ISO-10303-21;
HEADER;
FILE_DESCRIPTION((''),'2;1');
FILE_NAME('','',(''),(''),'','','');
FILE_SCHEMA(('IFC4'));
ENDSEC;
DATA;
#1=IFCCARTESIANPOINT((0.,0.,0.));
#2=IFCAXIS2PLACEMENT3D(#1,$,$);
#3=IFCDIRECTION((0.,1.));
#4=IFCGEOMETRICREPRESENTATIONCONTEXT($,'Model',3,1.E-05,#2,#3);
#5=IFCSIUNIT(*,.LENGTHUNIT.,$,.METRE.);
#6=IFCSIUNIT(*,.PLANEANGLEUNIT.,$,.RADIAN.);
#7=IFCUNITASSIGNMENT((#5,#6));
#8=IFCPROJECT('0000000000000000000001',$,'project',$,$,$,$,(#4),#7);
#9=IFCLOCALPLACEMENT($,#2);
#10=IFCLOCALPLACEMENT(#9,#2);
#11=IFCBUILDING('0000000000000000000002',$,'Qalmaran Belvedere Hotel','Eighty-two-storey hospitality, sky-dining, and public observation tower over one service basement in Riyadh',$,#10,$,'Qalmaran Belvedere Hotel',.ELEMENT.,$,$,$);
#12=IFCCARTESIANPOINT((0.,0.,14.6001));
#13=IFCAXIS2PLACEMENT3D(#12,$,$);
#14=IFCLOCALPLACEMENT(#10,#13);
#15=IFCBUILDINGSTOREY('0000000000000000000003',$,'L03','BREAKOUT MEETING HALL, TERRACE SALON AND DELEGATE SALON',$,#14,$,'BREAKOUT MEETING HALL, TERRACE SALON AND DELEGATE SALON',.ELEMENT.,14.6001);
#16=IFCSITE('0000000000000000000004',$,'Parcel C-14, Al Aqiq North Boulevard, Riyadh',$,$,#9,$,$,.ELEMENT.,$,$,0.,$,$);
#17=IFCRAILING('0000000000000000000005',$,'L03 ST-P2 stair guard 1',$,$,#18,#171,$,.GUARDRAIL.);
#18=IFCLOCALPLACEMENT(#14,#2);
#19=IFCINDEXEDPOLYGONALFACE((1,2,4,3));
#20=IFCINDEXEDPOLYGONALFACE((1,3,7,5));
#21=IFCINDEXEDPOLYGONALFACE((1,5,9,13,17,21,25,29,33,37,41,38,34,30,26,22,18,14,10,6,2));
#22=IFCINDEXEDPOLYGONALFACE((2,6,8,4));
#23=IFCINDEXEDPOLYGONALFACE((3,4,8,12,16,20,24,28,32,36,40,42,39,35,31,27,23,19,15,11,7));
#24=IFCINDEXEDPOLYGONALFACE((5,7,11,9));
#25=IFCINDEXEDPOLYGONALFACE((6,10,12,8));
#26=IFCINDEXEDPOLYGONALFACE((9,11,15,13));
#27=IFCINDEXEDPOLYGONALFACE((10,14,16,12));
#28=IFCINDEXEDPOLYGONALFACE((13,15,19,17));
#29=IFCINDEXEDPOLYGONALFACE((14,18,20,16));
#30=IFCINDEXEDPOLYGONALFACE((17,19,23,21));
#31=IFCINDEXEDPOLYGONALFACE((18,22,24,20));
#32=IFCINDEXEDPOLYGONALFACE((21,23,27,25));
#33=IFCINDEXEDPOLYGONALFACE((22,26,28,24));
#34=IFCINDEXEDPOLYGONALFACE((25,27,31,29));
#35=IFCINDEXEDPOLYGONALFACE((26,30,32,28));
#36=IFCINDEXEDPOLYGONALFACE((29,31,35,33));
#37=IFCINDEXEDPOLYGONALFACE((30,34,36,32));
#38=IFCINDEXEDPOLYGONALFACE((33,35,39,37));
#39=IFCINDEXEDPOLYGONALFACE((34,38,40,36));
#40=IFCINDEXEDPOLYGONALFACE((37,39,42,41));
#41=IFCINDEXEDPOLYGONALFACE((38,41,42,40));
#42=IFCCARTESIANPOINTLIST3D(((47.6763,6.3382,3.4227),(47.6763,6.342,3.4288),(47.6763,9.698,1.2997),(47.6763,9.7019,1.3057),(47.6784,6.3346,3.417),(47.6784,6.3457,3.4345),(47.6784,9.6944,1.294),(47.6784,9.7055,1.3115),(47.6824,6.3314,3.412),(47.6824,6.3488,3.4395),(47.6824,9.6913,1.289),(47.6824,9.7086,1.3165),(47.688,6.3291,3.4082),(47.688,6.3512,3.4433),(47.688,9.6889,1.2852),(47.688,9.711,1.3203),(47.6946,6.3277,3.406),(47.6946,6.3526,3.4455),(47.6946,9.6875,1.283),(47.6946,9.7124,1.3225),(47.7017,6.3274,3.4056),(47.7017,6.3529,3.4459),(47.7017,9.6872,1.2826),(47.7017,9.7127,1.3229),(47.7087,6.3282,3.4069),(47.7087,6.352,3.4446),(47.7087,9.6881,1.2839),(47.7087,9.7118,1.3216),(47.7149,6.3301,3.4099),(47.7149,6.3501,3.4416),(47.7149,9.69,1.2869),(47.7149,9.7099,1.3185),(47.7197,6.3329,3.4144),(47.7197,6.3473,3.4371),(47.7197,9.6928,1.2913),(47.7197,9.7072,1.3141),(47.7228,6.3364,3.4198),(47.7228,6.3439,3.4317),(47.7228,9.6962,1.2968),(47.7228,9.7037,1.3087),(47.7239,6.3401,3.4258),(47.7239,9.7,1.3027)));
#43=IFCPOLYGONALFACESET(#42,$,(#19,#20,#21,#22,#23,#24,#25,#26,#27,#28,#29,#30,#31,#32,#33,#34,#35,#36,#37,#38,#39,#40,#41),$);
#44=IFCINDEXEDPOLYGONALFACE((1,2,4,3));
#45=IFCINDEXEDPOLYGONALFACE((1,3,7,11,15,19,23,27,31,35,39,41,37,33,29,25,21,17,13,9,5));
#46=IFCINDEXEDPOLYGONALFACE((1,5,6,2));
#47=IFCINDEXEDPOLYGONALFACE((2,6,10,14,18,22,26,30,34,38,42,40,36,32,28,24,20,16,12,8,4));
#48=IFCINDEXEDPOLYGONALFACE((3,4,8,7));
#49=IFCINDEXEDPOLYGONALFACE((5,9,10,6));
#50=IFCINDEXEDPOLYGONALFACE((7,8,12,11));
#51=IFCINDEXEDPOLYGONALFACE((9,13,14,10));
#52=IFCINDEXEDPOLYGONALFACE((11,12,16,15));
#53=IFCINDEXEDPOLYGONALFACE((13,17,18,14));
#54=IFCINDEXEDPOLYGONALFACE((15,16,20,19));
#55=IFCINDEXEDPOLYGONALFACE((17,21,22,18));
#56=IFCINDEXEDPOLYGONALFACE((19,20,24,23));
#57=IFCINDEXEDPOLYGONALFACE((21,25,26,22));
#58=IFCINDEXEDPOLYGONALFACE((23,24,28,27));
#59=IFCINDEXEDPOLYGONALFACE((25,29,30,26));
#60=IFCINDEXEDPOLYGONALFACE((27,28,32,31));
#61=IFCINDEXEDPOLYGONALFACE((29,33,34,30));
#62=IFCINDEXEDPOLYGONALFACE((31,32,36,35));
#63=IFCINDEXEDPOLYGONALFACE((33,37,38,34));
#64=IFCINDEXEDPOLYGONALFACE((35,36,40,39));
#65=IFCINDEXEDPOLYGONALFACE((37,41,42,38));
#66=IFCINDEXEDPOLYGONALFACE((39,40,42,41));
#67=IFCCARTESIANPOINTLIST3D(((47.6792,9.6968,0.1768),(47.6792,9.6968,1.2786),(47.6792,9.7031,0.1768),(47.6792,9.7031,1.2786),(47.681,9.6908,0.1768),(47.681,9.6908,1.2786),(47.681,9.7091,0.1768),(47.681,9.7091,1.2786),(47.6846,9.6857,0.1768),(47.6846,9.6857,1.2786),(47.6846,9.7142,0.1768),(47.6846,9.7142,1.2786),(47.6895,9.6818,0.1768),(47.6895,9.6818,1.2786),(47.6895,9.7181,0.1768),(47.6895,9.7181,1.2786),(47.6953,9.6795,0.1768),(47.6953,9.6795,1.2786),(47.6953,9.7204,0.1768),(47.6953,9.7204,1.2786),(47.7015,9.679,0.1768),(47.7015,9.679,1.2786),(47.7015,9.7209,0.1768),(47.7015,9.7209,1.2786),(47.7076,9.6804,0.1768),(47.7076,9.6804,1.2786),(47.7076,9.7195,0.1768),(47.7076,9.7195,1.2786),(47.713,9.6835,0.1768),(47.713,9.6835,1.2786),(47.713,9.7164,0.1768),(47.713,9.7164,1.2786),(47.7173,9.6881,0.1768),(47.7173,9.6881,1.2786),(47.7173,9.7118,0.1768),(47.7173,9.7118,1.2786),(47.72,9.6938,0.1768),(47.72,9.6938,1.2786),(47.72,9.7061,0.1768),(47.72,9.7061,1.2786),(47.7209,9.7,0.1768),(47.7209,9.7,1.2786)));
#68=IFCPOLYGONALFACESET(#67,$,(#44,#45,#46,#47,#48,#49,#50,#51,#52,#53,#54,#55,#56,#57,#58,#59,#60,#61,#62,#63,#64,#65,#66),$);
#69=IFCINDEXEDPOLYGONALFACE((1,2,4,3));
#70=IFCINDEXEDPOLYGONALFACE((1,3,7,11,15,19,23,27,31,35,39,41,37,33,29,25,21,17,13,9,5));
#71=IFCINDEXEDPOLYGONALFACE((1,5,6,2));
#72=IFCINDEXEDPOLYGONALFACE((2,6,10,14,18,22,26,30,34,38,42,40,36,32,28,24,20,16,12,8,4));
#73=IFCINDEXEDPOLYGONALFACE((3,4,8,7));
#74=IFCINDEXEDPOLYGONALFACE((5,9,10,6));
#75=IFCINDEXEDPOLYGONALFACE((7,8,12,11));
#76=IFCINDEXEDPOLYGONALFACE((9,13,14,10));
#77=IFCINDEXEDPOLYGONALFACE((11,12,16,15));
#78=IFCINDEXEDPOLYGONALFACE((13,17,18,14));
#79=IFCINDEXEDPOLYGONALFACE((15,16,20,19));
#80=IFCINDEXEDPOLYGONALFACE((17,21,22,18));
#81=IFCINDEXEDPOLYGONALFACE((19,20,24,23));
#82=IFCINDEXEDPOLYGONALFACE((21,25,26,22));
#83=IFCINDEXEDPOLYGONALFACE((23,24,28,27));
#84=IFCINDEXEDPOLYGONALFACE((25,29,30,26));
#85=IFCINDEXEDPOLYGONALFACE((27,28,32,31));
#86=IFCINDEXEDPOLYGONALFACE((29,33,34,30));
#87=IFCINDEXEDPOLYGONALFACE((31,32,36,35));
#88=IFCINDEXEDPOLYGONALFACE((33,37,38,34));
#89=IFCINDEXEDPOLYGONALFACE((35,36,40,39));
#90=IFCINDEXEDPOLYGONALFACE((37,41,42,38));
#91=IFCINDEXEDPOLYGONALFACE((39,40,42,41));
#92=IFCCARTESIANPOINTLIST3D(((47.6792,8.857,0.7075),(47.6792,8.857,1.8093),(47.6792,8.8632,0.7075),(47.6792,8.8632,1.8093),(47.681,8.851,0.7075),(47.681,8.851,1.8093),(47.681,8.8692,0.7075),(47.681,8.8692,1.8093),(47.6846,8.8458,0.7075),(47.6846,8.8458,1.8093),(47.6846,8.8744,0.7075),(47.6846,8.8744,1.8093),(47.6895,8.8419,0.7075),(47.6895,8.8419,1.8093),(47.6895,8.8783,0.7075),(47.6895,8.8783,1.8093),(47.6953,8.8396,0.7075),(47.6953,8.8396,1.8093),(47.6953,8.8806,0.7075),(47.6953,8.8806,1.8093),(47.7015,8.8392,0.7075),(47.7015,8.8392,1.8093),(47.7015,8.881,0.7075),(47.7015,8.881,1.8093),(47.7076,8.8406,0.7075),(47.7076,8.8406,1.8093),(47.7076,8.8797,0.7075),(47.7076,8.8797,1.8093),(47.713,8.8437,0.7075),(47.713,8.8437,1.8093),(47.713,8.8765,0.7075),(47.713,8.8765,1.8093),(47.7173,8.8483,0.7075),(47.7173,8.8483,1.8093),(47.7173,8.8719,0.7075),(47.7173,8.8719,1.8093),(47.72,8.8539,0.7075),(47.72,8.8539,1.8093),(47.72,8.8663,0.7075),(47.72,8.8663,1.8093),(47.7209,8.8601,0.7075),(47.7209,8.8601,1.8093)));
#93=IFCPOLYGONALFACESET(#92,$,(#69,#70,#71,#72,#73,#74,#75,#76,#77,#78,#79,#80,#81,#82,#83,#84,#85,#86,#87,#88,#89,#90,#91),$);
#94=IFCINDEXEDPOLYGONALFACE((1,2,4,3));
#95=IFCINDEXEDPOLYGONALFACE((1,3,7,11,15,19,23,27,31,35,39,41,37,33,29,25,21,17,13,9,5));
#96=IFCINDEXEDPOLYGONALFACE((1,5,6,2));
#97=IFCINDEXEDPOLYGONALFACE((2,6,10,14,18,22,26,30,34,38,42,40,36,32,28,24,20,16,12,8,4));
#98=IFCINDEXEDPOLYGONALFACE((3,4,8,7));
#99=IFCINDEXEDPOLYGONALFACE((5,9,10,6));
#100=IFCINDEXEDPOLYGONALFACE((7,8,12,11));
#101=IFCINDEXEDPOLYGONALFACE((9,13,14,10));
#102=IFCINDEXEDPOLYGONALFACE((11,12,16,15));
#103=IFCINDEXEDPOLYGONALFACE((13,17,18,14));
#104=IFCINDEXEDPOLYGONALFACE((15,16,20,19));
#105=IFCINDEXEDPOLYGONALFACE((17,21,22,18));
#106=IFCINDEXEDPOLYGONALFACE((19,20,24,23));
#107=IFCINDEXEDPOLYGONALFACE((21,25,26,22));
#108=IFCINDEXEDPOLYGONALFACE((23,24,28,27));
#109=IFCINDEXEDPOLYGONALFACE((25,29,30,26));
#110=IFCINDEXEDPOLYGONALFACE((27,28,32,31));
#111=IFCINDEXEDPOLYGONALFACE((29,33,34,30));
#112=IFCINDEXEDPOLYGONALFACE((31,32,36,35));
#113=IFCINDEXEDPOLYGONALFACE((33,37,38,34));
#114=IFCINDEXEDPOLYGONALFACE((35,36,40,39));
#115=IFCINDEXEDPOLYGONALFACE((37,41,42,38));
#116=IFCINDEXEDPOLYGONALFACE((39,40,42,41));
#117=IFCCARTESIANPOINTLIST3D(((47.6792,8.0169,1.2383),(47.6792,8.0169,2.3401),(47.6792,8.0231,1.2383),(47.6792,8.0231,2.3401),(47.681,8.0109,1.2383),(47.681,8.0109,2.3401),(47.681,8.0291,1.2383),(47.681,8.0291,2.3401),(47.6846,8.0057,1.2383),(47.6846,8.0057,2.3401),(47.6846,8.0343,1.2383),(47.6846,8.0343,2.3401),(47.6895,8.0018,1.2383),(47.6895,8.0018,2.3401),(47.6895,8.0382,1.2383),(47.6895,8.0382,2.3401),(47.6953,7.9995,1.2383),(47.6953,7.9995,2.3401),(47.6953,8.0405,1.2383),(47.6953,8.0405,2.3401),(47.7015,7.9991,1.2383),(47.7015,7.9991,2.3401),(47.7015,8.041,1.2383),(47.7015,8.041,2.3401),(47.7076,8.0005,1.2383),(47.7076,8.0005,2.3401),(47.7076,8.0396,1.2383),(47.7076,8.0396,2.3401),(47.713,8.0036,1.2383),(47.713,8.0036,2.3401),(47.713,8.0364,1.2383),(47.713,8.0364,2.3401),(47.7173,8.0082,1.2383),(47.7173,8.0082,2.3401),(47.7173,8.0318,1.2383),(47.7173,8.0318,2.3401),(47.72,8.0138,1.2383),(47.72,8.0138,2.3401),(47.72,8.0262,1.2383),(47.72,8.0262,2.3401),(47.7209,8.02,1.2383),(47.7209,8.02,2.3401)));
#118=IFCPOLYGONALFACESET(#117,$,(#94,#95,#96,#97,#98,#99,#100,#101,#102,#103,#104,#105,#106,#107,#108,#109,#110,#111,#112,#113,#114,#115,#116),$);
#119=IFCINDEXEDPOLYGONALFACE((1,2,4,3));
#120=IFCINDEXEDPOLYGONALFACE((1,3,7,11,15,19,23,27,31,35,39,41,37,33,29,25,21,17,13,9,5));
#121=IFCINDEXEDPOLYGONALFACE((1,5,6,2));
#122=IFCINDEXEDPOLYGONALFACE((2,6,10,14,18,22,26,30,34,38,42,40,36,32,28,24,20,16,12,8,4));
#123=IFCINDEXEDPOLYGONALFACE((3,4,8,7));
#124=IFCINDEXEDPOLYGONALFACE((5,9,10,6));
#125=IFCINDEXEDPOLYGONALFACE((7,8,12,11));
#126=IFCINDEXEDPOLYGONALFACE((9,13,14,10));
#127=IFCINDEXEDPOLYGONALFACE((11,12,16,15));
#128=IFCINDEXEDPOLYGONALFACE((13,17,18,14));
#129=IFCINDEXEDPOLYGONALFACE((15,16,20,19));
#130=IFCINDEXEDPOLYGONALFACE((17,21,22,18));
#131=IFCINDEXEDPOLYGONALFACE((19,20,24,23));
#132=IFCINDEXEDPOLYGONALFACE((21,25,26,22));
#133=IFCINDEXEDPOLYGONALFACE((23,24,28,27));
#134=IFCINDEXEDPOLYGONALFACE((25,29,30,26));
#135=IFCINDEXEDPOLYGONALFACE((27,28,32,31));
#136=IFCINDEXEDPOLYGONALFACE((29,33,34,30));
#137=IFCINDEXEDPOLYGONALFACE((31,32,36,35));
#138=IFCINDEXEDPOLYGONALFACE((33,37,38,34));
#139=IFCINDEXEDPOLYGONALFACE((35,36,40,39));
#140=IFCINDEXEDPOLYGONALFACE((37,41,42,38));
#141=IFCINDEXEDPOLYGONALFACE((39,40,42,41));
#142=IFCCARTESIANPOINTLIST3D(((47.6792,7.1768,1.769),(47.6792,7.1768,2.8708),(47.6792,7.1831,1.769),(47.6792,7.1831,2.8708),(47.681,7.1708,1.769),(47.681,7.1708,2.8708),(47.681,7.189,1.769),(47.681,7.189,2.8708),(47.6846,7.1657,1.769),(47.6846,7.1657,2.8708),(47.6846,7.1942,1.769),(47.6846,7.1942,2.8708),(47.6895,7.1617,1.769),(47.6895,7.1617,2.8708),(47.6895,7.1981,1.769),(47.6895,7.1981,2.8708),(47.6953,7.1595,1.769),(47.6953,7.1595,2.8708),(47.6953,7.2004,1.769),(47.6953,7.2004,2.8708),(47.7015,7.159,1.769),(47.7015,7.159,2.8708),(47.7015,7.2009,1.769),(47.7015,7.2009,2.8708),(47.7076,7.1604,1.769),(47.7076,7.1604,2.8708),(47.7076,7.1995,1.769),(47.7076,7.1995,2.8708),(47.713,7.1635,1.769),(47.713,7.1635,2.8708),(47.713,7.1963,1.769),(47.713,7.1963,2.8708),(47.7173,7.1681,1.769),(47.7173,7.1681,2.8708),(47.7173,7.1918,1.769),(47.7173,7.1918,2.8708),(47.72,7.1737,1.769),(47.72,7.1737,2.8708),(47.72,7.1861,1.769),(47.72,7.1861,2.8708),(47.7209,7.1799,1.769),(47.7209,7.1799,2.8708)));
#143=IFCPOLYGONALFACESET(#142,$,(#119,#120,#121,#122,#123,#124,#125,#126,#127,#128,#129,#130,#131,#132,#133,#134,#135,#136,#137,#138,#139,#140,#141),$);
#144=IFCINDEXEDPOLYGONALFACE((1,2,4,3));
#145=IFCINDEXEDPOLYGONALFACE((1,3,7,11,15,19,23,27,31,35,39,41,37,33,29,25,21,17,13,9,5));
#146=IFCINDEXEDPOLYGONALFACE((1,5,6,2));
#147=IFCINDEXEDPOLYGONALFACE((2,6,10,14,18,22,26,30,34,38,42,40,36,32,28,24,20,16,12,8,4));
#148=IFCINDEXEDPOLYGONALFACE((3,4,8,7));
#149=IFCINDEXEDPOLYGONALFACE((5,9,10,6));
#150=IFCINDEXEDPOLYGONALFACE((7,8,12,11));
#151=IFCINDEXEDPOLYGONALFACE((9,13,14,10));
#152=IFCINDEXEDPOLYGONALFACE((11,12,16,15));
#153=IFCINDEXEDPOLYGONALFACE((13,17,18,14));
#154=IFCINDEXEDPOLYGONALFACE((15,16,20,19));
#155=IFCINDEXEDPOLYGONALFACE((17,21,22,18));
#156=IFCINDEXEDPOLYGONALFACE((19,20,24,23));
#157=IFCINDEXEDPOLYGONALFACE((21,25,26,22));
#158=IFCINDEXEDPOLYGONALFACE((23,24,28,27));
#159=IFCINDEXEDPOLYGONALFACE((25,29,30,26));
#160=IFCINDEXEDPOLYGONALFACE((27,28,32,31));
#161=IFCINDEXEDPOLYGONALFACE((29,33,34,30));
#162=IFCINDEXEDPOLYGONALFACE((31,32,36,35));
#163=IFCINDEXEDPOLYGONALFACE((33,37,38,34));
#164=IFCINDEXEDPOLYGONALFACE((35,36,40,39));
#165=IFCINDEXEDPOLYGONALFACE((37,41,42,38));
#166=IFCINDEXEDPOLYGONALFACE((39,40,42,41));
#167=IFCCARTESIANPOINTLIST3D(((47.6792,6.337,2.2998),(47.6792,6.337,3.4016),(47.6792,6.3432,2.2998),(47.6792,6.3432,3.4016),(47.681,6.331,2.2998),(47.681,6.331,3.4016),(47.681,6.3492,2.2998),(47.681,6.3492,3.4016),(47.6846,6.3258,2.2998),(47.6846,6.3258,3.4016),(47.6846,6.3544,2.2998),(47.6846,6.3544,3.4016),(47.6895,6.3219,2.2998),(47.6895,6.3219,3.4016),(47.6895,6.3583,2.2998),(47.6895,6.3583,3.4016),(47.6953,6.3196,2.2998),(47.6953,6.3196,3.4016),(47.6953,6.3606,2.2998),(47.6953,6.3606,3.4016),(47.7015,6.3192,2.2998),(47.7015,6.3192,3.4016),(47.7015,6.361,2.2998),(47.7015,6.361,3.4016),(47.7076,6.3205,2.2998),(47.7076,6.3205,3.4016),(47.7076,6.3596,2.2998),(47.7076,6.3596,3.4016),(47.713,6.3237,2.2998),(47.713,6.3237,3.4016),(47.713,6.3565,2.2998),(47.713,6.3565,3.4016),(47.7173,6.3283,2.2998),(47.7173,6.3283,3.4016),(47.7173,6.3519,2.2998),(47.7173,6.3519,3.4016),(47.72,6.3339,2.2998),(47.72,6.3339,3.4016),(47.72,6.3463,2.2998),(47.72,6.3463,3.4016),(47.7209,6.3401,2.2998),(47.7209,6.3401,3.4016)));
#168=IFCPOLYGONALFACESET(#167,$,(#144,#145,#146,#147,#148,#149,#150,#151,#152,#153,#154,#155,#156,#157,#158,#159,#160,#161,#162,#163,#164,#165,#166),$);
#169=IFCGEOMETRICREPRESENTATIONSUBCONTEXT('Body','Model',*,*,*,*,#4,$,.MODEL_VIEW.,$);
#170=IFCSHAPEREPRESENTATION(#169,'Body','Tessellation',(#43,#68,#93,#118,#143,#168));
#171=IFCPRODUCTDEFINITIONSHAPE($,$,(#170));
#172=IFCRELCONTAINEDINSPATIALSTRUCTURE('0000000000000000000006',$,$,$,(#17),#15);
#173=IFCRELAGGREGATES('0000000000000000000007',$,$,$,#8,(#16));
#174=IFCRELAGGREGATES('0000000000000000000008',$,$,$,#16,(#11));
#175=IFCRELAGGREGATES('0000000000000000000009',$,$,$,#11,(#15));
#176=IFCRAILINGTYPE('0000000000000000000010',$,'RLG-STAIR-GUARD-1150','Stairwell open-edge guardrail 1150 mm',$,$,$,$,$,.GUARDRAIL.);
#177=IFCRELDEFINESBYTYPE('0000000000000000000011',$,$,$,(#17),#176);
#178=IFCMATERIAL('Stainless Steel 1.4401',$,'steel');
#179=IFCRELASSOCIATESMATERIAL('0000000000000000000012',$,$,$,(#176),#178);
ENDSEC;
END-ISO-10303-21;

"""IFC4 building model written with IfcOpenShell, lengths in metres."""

from ifc_helpers import new_model, si_unit, direction, frame, origin, origin_2d, place, context, subcontext, project, spatial, circle, extrude, material, type_object, element, save


model = new_model("IFC4")

# Units and contexts
model_context = context("Model", 3, precision=1e-05, world=origin(), true_north=direction((0.0, 1.0)))
body_context = subcontext(model_context, "Body", "Model", "MODEL_VIEW")
ifc_project = project(units=[si_unit("LENGTHUNIT", "METRE"), si_unit("PLANEANGLEUNIT", "RADIAN")], contexts=[model_context])

# Site, building, storey
site_placement = place(None, origin())
site = spatial("IfcSite", under=ifc_project, at=site_placement, Name="Parcel C-14, Al Aqiq North Boulevard, Riyadh", CompositionType="ELEMENT", RefElevation=0.0)
building_placement = place(site_placement, origin())
building = spatial("IfcBuilding", under=site, at=building_placement, Name="Qalmaran Belvedere Hotel", Description="Eighty-two-storey hospitality, sky-dining, and public observation tower over one service basement in Riyadh", LongName="Qalmaran Belvedere Hotel", CompositionType="ELEMENT")
storey_placement = place(building_placement, frame((0.0, 0.0, 14.6001)))
storey = spatial("IfcBuildingStorey", under=building, at=storey_placement, Name="L03", Description="BREAKOUT MEETING HALL, TERRACE SALON AND DELEGATE SALON", LongName="BREAKOUT MEETING HALL, TERRACE SALON AND DELEGATE SALON", CompositionType="ELEMENT", Elevation=14.6001)

# Railing
ifc_material_1 = material(Name="Stainless Steel 1.4401", Category="steel")
railing_type_1 = type_object("IfcRailingType", Name="RLG-STAIR-GUARD-1150", Description="Stairwell open-edge guardrail 1150 mm", PredefinedType="GUARDRAIL", material=ifc_material_1)
railing_1_placement = place(storey_placement, frame((47.7, 9.7, 0.1768)))
element("IfcRailing", 1, at=railing_1_placement, inside=storey, type_object=railing_type_1, Name="L03 ST-P2 stair guard 1", PredefinedType="GUARDRAIL", context=body_context, shape_type="SweptSolid", body=[
    extrude(circle(Radius=0.0239, at=origin_2d()), frame((0.0, 0.0, 1.126), z_axis=(0.0, -0.845372, 0.534178), x_axis=(1.0, 0.0, 0.0)), (0.0, 0.0, 1.0), 3.9744),
    extrude(circle(Radius=0.021, at=origin_2d()), origin(), (0.0, 0.0, 1.0), 1.1018),
    extrude(circle(Radius=0.021, at=origin_2d()), frame((0.0, -0.8398, 0.5308)), (0.0, 0.0, 1.0), 1.1018),
    extrude(circle(Radius=0.021, at=origin_2d()), frame((0.0, -1.6799, 1.0615)), (0.0, 0.0, 1.0), 1.1018),
    extrude(circle(Radius=0.021, at=origin_2d()), frame((0.0, -2.52, 1.5923)), (0.0, 0.0, 1.0), 1.1018),
    extrude(circle(Radius=0.021, at=origin_2d()), frame((0.0, -3.3599, 2.123)), (0.0, 0.0, 1.0), 1.1018),
])

save(model, "model.ifc")
